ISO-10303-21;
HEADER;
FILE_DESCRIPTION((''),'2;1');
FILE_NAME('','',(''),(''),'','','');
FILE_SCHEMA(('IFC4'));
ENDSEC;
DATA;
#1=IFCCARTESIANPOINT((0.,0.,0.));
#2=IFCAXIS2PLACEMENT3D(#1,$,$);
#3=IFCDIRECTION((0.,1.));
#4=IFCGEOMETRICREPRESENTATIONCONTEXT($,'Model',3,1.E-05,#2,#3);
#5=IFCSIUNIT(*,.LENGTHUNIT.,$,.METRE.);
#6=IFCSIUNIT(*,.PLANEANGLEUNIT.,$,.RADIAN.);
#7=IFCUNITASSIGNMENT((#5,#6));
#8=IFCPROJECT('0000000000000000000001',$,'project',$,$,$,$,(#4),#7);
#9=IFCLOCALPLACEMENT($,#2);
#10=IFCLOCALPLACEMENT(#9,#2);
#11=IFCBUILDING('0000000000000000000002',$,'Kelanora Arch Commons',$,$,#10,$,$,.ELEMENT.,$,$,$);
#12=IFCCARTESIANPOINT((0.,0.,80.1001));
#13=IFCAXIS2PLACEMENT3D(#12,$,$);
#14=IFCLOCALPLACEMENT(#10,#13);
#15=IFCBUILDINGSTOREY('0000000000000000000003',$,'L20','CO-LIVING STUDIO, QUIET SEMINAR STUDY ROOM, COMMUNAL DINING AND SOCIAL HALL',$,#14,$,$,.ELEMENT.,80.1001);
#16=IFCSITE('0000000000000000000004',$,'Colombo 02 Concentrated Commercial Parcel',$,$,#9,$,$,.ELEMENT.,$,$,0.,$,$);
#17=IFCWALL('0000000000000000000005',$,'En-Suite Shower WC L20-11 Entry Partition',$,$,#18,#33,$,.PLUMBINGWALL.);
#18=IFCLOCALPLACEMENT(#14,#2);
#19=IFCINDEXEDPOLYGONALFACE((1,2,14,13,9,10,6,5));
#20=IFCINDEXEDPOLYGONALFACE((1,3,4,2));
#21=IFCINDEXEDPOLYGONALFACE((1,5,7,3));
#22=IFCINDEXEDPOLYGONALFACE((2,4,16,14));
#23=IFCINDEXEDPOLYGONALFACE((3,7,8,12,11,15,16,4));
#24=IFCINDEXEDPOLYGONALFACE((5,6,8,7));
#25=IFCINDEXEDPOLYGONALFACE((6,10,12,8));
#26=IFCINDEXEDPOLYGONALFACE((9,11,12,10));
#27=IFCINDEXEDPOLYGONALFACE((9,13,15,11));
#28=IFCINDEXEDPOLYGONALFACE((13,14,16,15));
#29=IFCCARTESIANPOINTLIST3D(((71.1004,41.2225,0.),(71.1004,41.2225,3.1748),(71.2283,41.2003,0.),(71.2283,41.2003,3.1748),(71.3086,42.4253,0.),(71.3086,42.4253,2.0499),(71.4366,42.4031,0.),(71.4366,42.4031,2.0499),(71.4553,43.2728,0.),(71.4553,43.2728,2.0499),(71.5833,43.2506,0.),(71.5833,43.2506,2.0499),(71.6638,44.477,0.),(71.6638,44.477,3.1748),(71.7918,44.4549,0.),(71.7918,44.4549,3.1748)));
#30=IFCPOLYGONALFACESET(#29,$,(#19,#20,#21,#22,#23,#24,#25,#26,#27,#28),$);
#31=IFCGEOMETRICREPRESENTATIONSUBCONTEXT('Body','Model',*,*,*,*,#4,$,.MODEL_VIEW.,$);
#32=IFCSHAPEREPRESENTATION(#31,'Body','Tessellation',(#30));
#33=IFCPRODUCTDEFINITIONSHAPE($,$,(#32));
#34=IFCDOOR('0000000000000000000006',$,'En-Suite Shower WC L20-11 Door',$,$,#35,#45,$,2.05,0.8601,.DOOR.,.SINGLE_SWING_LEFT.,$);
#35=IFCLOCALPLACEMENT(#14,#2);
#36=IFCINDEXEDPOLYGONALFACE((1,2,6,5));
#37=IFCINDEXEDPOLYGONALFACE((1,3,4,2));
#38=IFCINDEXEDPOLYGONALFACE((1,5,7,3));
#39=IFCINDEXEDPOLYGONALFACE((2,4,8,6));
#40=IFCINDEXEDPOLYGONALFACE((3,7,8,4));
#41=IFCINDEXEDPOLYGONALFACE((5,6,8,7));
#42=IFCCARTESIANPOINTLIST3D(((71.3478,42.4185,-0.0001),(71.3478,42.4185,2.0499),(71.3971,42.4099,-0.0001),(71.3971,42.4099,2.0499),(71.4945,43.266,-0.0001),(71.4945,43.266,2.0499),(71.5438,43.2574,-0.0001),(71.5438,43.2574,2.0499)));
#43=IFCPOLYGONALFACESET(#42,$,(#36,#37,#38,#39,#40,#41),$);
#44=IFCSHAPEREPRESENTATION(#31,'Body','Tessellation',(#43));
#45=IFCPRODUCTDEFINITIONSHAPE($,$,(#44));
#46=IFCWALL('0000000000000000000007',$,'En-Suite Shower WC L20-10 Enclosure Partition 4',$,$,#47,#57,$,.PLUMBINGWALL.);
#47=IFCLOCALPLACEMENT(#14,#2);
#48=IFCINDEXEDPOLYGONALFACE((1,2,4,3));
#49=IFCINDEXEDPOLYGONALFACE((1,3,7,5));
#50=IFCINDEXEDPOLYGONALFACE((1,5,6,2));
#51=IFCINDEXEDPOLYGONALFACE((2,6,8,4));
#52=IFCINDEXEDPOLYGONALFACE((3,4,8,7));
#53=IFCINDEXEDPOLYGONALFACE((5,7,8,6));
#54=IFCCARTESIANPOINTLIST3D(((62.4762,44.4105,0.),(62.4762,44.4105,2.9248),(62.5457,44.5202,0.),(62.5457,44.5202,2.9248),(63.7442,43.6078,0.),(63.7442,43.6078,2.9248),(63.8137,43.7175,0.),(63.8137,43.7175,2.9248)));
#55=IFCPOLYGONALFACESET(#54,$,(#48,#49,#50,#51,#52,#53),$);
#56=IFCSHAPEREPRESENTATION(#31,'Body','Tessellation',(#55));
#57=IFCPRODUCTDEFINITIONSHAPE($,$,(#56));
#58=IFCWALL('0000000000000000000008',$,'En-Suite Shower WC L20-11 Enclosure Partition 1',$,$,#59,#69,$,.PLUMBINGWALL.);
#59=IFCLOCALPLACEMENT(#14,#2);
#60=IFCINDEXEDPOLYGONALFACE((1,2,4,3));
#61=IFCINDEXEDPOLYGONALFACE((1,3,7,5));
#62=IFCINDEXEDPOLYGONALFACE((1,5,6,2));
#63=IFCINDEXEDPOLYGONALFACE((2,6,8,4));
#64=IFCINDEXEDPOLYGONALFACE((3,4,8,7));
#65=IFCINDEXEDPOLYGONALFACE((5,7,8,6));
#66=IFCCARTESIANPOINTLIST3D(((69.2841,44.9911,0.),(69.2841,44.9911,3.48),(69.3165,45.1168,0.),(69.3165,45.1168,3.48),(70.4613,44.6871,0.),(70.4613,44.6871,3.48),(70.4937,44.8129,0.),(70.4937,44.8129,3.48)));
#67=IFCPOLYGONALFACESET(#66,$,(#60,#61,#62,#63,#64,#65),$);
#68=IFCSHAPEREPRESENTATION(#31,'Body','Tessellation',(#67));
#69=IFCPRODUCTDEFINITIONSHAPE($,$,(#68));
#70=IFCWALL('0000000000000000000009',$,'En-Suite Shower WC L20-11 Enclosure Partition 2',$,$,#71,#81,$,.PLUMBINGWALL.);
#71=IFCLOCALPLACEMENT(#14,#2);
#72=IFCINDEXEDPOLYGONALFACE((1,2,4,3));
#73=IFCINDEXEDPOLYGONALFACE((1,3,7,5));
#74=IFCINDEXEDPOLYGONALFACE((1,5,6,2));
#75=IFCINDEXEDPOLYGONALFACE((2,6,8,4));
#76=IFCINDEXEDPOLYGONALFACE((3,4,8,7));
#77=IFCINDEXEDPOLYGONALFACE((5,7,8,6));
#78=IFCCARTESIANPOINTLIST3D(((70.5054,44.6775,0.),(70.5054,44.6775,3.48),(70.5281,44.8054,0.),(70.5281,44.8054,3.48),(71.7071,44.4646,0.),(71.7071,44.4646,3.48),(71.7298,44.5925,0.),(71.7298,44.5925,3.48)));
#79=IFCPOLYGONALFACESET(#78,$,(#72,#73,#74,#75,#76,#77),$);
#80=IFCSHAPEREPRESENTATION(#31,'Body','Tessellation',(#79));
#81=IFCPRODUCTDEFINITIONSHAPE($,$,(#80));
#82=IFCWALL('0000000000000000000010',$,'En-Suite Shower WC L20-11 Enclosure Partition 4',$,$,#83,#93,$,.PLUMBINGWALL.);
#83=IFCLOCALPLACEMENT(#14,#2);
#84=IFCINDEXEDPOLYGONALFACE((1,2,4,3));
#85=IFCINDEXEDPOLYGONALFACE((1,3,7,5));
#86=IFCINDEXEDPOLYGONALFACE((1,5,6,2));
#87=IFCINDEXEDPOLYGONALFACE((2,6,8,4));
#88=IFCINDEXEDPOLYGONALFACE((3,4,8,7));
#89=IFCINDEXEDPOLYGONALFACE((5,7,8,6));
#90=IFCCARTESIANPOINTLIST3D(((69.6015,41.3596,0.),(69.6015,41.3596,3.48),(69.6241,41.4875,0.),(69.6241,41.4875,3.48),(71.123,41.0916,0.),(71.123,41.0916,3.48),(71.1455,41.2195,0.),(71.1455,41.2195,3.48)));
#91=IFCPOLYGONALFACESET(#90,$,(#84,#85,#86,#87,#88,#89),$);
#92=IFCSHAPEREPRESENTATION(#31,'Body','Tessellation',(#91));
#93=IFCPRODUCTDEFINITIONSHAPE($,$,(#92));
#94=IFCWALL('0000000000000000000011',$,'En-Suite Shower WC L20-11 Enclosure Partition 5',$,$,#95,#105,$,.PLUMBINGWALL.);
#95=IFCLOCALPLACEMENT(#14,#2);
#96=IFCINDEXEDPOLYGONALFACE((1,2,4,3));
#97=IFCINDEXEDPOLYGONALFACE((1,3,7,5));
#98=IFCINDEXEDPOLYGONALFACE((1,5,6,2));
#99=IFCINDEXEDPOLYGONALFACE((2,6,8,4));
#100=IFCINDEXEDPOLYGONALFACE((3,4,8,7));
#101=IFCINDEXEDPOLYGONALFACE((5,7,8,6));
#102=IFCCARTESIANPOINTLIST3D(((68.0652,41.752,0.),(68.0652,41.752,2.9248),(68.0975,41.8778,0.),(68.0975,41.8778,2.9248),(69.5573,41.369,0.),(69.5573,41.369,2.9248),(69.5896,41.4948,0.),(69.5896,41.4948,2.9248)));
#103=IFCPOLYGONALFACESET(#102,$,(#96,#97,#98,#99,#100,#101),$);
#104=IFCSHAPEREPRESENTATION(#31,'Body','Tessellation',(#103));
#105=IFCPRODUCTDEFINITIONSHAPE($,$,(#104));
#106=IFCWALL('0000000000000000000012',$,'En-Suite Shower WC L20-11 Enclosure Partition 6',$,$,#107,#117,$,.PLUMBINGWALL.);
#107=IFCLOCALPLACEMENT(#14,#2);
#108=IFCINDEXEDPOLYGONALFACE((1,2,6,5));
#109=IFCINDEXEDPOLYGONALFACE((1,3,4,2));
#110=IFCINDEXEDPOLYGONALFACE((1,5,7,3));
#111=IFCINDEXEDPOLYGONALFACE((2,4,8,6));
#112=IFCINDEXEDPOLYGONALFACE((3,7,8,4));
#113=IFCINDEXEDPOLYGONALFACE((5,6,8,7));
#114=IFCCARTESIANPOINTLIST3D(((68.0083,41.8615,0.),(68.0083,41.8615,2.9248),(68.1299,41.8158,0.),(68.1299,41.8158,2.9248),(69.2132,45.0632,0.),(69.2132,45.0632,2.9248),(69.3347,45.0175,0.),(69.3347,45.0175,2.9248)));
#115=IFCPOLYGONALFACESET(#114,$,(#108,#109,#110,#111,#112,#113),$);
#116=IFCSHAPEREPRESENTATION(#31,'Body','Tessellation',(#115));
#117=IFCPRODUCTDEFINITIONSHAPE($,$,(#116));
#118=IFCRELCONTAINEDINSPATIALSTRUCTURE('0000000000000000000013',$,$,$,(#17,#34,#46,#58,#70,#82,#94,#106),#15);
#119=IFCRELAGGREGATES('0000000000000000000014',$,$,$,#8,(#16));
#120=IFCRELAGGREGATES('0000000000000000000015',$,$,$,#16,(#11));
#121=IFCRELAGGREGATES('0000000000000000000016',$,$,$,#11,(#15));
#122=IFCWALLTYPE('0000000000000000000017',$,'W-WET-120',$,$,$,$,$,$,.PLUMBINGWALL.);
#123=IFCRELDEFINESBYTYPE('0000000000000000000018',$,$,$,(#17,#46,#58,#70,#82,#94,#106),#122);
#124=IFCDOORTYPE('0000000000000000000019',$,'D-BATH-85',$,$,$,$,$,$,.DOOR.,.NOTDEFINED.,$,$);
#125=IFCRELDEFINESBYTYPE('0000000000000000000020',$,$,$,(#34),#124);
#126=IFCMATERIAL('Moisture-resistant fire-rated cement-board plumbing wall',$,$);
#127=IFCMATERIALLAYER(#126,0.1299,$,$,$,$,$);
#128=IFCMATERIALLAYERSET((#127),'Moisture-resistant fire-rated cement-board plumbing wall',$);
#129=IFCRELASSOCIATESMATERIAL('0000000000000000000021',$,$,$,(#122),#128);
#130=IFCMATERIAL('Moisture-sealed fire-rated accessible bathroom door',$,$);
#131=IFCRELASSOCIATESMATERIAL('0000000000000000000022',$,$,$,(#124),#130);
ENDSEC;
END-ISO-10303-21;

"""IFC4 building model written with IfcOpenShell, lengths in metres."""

from ifc_helpers import new_model, si_unit, direction, frame, frame_2d, origin, place, context, subcontext, project, spatial, rectangle, extrude, material, layer, layer_set, type_object, element, fill, save


model = new_model("IFC4")

# Units and contexts
model_context = context("Model", 3, precision=1e-05, world=origin(), true_north=direction((0.0, 1.0)))
body_context = subcontext(model_context, "Body", "Model", "MODEL_VIEW")
ifc_project = project(units=[si_unit("LENGTHUNIT", "METRE"), si_unit("PLANEANGLEUNIT", "RADIAN")], contexts=[model_context])

# Site, building, storey
site_placement = place(None, origin())
site = spatial("IfcSite", under=ifc_project, at=site_placement, Name="Colombo 02 Concentrated Commercial Parcel", CompositionType="ELEMENT", RefElevation=0.0)
building_placement = place(site_placement, origin())
building = spatial("IfcBuilding", under=site, at=building_placement, Name="Kelanora Arch Commons", CompositionType="ELEMENT")
storey_placement = place(building_placement, frame((0.0, 0.0, 80.1001)))
storey = spatial("IfcBuildingStorey", under=building, at=storey_placement, Name="L20", Description="CO-LIVING STUDIO, QUIET SEMINAR STUDY ROOM, COMMUNAL DINING AND SOCIAL HALL", CompositionType="ELEMENT", Elevation=80.1001)

# Wall, opening, door
ifc_material_1 = material(Name="Moisture-resistant fire-rated cement-board plumbing wall")
ifc_layer_1 = layer(ifc_material_1, 0.1299)
ifc_layer_set_1 = layer_set([ifc_layer_1], Name="Moisture-resistant fire-rated cement-board plumbing wall")
wall_type_1 = type_object("IfcWallType", Name="W-WET-120", PredefinedType="PLUMBINGWALL", material=ifc_layer_set_1)
wall_1_placement = place(storey_placement, frame((71.7278, 44.4658, 0.0), z_axis=(0.0, 0.0, 1.0), x_axis=(-0.170592, -0.985342, 0.0)))
wall_1 = element("IfcWall", 1, at=wall_1_placement, inside=storey, type_object=wall_type_1, Name="En-Suite Shower WC L20-11 Entry Partition", PredefinedType="PLUMBINGWALL", context=body_context, shape_type="SweptSolid", body=[
    extrude(rectangle(XDim=3.303, YDim=0.1299, at=frame_2d((1.6514, 0.0))), origin(), (0.0, 0.0, 1.0), 3.1748),
])
opening_1_placement = place(wall_1_placement, frame((1.2219, 0.0, 0.0)))
opening_1 = element("IfcOpeningElement", 2, at=opening_1_placement, cuts=wall_1, PredefinedType="OPENING", context=body_context, shape_type="SweptSolid", body=[
    extrude(rectangle(XDim=0.8601, YDim=2.05, at=frame_2d((0.4302, 1.0249))), frame((0.0, 0.075, 0.0), z_axis=(0.0, -1.0, 0.0), x_axis=(1.0, 0.0, 0.0)), (0.0, 0.0, 1.0), 0.1499),
])
ifc_material_2 = material(Name="Moisture-sealed fire-rated accessible bathroom door")
door_type_1 = type_object("IfcDoorType", Name="D-BATH-85", OperationType="NOTDEFINED", PredefinedType="DOOR", material=ifc_material_2)
door_1_placement = place(opening_1_placement, origin())
door_1 = element("IfcDoor", 3, at=door_1_placement, inside=storey, type_object=door_type_1, Name="En-Suite Shower WC L20-11 Door", OperationType="SINGLE_SWING_LEFT", OverallHeight=2.05, OverallWidth=0.8601, PredefinedType="DOOR", context=body_context, shape_type="SweptSolid", body=[
    extrude(rectangle(XDim=0.8601, YDim=2.05, at=frame_2d((0.4302, 1.0249))), frame((0.0, 0.0249, 0.0), z_axis=(0.0, -1.0, 0.0), x_axis=(1.0, 0.0, 0.0)), (0.0, 0.0, 1.0), 0.05),
])
fill(opening_1, door_1)

# Walls
wall_2_placement = place(storey_placement, frame((63.7791, 43.6626, 0.0), z_axis=(0.0, 0.0, 1.0), x_axis=(-0.844932, 0.534874, 0.0)))
element("IfcWall", 4, at=wall_2_placement, inside=storey, type_object=wall_type_1, Name="En-Suite Shower WC L20-10 Enclosure Partition 4", PredefinedType="PLUMBINGWALL", context=body_context, shape_type="SweptSolid", body=[
    extrude(rectangle(XDim=1.5007, YDim=0.1299, at=frame_2d((0.7505, 0.0))), origin(), (0.0, 0.0, 1.0), 2.9248),
])
wall_3_placement = place(storey_placement, frame((69.3003, 45.054, 0.0), z_axis=(0.0, 0.0, 1.0), x_axis=(0.968248, -0.249993, 0.0)))
element("IfcWall", 5, at=wall_3_placement, inside=storey, type_object=wall_type_1, Name="En-Suite Shower WC L20-11 Enclosure Partition 1", PredefinedType="PLUMBINGWALL", context=body_context, shape_type="SweptSolid", body=[
    extrude(rectangle(XDim=1.2158, YDim=0.1299, at=frame_2d((0.6079, 0.0))), origin(), (0.0, 0.0, 1.0), 3.48),
])
wall_4_placement = place(storey_placement, frame((70.5166, 44.7415, 0.0), z_axis=(0.0, 0.0, 1.0), x_axis=(0.984667, -0.174447, 0.0)))
element("IfcWall", 6, at=wall_4_placement, inside=storey, type_object=wall_type_1, Name="En-Suite Shower WC L20-11 Enclosure Partition 2", PredefinedType="PLUMBINGWALL", context=body_context, shape_type="SweptSolid", body=[
    extrude(rectangle(XDim=1.2205, YDim=0.1299, at=frame_2d((0.6104, 0.0))), origin(), (0.0, 0.0, 1.0), 3.48),
])
wall_5_placement = place(storey_placement, frame((71.1343, 41.1555, 0.0), z_axis=(0.0, 0.0, 1.0), x_axis=(-0.984831, 0.173515, 0.0)))
element("IfcWall", 7, at=wall_5_placement, inside=storey, type_object=wall_type_1, Name="En-Suite Shower WC L20-11 Enclosure Partition 4", PredefinedType="PLUMBINGWALL", context=body_context, shape_type="SweptSolid", body=[
    extrude(rectangle(XDim=1.5449, YDim=0.1299, at=frame_2d((0.7725, 0.0))), origin(), (0.0, 0.0, 1.0), 3.48),
])
wall_6_placement = place(storey_placement, frame((69.5735, 41.4319, 0.0), z_axis=(0.0, 0.0, 1.0), x_axis=(-0.968594, 0.248646, 0.0)))
element("IfcWall", 8, at=wall_6_placement, inside=storey, type_object=wall_type_1, Name="En-Suite Shower WC L20-11 Enclosure Partition 5", PredefinedType="PLUMBINGWALL", context=body_context, shape_type="SweptSolid", body=[
    extrude(rectangle(XDim=1.5405, YDim=0.1299, at=frame_2d((0.7703, 0.0))), origin(), (0.0, 0.0, 1.0), 2.9248),
])
wall_7_placement = place(storey_placement, frame((68.0691, 41.8386, 0.0), z_axis=(0.0, 0.0, 1.0), x_axis=(0.352203, 0.935924, 0.0)))
element("IfcWall", 9, at=wall_7_placement, inside=storey, type_object=wall_type_1, Name="En-Suite Shower WC L20-11 Enclosure Partition 6", PredefinedType="PLUMBINGWALL", context=body_context, shape_type="SweptSolid", body=[
    extrude(rectangle(XDim=3.4209, YDim=0.1299, at=frame_2d((1.7104, 0.0))), origin(), (0.0, 0.0, 1.0), 2.9248),
])

save(model, "model.ifc")
